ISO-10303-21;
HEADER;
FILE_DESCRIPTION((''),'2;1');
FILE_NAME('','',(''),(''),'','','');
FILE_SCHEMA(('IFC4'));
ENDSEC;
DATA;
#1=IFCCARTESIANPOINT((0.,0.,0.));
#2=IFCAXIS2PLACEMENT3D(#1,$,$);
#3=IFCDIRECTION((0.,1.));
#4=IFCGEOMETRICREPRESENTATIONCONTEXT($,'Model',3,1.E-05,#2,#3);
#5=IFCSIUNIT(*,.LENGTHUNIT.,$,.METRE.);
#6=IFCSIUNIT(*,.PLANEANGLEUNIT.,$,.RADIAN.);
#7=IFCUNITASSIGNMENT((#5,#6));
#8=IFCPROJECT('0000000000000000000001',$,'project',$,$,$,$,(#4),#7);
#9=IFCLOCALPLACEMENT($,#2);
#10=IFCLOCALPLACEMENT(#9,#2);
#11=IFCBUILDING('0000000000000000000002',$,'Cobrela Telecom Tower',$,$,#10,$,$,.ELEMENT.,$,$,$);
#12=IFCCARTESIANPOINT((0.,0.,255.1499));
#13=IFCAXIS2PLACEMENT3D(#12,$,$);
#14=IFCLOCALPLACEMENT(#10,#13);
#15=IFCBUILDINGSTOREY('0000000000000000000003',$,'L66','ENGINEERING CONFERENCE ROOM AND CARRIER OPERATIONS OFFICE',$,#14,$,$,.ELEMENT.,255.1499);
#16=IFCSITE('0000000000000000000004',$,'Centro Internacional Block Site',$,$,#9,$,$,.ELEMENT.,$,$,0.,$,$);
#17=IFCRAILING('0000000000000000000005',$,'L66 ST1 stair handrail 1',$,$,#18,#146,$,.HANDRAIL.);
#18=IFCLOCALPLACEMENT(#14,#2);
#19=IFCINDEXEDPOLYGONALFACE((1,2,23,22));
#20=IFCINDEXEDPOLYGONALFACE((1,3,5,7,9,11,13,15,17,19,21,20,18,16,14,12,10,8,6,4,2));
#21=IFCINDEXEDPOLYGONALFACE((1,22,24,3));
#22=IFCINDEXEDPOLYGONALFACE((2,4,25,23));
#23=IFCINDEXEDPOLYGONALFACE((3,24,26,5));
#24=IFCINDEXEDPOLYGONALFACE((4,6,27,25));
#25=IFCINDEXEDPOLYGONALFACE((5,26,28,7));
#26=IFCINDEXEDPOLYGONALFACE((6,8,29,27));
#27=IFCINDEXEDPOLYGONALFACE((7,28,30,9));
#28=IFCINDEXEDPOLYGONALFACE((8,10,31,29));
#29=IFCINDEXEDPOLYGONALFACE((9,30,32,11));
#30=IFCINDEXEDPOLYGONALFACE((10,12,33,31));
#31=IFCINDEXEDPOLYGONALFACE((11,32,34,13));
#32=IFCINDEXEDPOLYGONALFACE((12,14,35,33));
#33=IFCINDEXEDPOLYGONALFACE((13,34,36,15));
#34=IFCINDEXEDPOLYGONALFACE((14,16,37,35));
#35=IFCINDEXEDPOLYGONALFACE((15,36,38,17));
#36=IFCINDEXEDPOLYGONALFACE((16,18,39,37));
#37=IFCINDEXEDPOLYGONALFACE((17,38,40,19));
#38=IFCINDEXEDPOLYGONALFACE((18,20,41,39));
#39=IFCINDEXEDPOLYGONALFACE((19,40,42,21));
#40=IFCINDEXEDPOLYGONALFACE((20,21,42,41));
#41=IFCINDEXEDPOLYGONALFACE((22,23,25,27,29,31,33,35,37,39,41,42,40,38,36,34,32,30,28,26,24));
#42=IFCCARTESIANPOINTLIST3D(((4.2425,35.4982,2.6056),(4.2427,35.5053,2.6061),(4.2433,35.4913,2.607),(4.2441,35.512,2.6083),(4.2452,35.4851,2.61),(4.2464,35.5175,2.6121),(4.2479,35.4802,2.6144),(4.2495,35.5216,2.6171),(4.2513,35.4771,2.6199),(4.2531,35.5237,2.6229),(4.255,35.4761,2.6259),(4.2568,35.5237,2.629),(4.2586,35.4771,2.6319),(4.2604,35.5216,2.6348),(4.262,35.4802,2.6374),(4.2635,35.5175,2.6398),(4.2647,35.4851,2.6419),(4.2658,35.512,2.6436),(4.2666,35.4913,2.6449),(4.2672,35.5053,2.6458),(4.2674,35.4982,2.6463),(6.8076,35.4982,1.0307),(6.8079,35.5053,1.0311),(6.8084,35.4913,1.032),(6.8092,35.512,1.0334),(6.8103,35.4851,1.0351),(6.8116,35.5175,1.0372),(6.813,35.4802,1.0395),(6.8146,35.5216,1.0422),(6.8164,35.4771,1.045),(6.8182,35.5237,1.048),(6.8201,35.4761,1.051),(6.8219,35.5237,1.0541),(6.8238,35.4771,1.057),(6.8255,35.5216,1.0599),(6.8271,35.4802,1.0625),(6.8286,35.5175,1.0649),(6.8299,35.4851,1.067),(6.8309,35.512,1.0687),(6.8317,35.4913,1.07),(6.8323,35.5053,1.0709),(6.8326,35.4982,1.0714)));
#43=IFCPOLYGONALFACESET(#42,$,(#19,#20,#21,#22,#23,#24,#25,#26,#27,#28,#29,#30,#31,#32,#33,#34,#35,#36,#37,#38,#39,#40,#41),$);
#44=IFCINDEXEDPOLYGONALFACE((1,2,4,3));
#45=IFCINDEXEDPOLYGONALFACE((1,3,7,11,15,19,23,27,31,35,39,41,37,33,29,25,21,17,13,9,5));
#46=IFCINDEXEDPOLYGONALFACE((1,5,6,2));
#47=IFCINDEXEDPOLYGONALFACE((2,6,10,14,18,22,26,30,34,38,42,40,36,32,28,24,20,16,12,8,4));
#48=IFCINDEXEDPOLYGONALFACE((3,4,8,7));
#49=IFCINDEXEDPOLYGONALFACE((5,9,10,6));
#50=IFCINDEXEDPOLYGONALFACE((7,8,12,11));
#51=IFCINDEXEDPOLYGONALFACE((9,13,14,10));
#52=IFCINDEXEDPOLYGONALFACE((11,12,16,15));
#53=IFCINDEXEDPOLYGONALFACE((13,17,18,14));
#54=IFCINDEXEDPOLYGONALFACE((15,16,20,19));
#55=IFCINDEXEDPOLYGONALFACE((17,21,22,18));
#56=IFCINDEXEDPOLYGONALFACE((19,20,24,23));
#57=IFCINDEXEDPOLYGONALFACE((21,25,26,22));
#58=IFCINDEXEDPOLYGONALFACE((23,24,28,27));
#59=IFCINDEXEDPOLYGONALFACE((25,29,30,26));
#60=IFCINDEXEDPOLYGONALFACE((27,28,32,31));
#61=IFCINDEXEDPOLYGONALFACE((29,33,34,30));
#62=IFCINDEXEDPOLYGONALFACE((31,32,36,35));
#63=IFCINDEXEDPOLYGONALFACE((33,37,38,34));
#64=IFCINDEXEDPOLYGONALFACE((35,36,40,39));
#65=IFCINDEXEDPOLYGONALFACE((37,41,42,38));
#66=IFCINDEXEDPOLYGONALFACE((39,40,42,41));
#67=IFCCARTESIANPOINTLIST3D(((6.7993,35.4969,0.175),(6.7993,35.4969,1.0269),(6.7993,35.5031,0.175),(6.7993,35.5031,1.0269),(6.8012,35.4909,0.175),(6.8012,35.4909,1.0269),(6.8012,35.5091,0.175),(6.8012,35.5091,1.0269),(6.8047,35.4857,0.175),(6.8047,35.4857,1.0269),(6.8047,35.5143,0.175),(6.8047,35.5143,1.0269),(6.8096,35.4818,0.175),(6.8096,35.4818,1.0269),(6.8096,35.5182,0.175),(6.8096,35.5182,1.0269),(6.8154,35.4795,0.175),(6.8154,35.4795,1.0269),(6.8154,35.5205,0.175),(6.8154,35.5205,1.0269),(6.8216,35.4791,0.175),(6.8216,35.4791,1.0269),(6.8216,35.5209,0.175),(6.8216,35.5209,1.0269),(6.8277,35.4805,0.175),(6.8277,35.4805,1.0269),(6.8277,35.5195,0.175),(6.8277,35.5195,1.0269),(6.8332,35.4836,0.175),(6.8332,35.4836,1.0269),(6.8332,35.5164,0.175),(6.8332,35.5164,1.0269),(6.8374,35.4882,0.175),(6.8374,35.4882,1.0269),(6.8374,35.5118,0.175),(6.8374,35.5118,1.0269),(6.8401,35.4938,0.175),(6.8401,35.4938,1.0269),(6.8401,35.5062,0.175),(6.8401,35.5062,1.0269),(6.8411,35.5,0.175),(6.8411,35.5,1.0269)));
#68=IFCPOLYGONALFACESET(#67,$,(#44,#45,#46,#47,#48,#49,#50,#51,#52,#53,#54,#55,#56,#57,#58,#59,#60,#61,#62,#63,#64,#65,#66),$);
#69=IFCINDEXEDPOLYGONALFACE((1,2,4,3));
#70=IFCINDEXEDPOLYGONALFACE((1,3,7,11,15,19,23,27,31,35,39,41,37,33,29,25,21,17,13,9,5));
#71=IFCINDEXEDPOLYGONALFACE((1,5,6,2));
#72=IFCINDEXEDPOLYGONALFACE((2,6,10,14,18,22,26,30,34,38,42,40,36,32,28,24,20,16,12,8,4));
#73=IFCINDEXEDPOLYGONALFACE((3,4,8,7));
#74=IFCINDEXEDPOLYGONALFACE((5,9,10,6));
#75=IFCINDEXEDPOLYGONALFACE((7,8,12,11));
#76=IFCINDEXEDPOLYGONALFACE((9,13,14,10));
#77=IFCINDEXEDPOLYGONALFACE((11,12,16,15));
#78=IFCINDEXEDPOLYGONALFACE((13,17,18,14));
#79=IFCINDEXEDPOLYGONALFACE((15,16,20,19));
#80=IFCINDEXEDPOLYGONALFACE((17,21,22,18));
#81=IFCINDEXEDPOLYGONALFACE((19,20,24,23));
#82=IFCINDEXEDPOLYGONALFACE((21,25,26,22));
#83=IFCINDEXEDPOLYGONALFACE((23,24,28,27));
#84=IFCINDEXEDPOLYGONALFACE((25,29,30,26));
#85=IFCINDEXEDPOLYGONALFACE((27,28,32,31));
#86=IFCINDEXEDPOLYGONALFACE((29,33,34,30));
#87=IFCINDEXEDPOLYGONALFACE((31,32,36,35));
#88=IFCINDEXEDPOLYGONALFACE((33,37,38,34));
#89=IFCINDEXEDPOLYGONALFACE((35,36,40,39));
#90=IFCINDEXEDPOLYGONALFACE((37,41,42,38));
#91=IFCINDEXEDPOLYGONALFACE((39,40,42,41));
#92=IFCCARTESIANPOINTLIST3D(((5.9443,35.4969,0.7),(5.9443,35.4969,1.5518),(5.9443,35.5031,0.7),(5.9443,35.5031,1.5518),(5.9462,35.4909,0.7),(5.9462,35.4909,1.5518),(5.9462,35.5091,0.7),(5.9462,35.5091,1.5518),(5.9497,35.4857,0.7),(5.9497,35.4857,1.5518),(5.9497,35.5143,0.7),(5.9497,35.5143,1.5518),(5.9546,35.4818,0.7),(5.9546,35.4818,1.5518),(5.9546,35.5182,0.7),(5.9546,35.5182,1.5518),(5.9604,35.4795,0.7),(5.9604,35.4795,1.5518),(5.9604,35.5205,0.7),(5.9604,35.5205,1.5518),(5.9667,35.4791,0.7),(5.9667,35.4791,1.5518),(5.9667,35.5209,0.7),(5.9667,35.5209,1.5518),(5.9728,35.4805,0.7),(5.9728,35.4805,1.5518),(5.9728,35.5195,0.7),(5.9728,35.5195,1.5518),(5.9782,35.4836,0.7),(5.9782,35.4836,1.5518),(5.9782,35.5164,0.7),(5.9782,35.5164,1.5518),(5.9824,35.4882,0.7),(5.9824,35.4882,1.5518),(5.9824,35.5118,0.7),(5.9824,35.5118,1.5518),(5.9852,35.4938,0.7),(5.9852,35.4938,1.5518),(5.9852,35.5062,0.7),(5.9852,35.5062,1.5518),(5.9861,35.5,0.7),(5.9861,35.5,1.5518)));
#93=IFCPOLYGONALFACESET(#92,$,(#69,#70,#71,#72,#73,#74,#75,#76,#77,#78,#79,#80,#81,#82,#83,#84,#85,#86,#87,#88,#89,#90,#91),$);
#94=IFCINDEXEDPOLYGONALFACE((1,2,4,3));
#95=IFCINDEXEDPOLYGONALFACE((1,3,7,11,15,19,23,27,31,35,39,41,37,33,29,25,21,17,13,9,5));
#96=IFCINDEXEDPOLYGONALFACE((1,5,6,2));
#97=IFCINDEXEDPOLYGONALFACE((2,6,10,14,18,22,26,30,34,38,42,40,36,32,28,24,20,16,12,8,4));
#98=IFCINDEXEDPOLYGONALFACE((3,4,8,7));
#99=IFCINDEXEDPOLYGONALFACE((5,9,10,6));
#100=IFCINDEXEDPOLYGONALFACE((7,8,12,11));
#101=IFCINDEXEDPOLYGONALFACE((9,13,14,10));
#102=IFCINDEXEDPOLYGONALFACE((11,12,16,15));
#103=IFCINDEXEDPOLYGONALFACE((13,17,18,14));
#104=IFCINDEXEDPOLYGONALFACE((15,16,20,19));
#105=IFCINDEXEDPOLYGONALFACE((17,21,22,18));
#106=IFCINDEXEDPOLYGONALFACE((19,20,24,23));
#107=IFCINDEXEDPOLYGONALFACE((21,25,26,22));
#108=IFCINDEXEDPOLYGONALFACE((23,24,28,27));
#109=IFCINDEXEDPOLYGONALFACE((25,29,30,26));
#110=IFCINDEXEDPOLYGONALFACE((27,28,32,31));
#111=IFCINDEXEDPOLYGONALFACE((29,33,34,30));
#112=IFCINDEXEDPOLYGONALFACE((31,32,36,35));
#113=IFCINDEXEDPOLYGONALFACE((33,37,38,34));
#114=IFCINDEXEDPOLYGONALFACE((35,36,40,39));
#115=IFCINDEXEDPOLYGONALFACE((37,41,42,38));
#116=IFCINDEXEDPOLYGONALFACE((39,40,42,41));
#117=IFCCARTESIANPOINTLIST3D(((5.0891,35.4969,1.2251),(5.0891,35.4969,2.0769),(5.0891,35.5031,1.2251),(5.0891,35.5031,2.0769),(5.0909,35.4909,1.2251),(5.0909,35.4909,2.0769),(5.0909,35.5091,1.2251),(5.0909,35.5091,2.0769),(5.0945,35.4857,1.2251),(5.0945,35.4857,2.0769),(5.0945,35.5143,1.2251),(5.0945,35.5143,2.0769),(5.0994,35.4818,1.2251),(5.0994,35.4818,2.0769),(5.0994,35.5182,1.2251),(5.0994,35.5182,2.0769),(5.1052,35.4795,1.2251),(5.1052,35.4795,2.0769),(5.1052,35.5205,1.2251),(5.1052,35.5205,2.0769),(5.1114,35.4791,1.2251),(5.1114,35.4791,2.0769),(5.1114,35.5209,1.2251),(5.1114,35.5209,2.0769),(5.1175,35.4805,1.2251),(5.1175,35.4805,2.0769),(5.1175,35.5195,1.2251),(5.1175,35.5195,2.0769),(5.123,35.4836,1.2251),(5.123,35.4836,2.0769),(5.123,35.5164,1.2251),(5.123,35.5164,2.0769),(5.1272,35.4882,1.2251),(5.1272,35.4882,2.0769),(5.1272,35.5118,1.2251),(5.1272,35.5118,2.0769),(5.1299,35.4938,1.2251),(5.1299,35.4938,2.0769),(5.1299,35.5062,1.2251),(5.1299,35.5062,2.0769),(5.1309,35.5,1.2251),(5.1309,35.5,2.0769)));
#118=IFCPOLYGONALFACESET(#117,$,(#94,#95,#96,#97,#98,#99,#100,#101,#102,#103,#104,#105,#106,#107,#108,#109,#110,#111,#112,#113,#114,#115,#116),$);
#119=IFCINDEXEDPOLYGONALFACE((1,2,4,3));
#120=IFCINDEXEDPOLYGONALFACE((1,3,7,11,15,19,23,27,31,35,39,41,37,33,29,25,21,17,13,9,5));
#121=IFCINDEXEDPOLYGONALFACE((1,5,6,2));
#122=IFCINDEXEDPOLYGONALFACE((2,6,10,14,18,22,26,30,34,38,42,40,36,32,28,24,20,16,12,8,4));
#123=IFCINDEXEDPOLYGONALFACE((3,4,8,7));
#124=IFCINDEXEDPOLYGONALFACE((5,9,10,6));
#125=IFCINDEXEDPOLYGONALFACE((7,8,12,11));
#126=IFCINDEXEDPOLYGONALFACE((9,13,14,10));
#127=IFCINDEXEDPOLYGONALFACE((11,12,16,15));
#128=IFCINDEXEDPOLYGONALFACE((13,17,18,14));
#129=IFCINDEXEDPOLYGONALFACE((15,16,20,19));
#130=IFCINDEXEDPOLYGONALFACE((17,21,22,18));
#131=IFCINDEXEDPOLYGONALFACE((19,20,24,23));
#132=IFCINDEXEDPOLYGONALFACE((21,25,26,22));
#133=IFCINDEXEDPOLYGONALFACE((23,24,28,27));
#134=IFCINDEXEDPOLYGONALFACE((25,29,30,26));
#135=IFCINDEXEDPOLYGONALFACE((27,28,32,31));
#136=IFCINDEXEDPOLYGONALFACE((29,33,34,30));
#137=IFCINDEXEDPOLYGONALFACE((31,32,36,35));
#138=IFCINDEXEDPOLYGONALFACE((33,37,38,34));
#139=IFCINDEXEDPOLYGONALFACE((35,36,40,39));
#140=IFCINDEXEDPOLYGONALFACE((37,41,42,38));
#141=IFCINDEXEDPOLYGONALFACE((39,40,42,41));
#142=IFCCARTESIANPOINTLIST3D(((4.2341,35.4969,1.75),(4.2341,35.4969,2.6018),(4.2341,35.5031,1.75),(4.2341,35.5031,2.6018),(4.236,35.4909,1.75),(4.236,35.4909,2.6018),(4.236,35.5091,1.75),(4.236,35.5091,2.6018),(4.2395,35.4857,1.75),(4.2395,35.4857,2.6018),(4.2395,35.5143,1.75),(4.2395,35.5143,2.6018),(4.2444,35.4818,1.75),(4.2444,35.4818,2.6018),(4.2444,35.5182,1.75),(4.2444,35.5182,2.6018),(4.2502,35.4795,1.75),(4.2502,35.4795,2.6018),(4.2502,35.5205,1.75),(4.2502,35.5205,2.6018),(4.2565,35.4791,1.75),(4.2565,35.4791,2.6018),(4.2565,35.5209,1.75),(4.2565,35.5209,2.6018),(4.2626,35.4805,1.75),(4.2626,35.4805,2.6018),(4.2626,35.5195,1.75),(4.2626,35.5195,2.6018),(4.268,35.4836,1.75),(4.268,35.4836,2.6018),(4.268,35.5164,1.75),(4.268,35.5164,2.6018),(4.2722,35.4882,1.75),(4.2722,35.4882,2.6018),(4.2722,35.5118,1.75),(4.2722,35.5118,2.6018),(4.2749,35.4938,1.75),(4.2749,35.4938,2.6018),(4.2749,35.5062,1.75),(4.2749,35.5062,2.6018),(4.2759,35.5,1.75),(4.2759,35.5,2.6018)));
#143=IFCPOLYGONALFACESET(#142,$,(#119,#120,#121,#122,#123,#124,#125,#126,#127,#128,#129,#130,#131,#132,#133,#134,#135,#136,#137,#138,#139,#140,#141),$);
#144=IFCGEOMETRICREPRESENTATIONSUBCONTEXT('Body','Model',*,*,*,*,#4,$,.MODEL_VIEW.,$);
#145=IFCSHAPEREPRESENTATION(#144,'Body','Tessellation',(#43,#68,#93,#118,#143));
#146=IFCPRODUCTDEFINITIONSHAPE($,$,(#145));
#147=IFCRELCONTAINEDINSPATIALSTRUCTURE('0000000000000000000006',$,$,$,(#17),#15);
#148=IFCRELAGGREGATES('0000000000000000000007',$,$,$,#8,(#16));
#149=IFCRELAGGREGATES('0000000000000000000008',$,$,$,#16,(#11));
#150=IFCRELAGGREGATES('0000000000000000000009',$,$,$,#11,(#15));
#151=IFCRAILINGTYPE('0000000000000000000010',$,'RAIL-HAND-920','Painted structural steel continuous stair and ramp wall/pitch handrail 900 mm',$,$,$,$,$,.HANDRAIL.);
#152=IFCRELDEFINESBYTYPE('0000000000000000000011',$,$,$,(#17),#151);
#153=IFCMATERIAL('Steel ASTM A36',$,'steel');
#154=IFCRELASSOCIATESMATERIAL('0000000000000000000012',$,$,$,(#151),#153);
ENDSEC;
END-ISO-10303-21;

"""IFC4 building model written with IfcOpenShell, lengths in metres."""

from ifc_helpers import new_model, si_unit, direction, frame, origin, origin_2d, place, context, subcontext, project, spatial, circle, extrude, material, type_object, element, save


model = new_model("IFC4")

# Units and contexts
model_context = context("Model", 3, precision=1e-05, world=origin(), true_north=direction((0.0, 1.0)))
body_context = subcontext(model_context, "Body", "Model", "MODEL_VIEW")
ifc_project = project(units=[si_unit("LENGTHUNIT", "METRE"), si_unit("PLANEANGLEUNIT", "RADIAN")], contexts=[model_context])

# Site, building, storey
site_placement = place(None, origin())
site = spatial("IfcSite", under=ifc_project, at=site_placement, Name="Centro Internacional Block Site", CompositionType="ELEMENT", RefElevation=0.0)
building_placement = place(site_placement, origin())
building = spatial("IfcBuilding", under=site, at=building_placement, Name="Cobrela Telecom Tower", CompositionType="ELEMENT")
storey_placement = place(building_placement, frame((0.0, 0.0, 255.1499)))
storey = spatial("IfcBuildingStorey", under=building, at=storey_placement, Name="L66", Description="ENGINEERING CONFERENCE ROOM AND CARRIER OPERATIONS OFFICE", CompositionType="ELEMENT", Elevation=255.1499)

# Shared definitions
ifc_material_1 = material(Name="Steel ASTM A36", Category="steel")

# Railing
railing_type_1 = type_object("IfcRailingType", Name="RAIL-HAND-920", Description="Painted structural steel continuous stair and ramp wall/pitch handrail 900 mm", PredefinedType="HANDRAIL", material=ifc_material_1)
railing_1_placement = place(storey_placement, frame((6.8201, 35.5, 0.175)))
element("IfcRailing", 1, at=railing_1_placement, inside=storey, type_object=railing_type_1, Name="L66 ST1 stair handrail 1", PredefinedType="HANDRAIL", context=body_context, shape_type="SweptSolid", body=[
    extrude(circle(Radius=0.0239, at=origin_2d()), frame((0.0, 0.0, 0.876), z_axis=(-0.852195, 0.0, 0.523224), x_axis=(0.0, -1.0, 0.0)), (0.0, 0.0, 1.0), 3.01),
    extrude(circle(Radius=0.021, at=origin_2d()), origin(), (0.0, 0.0, 1.0), 0.8518),
    extrude(circle(Radius=0.021, at=origin_2d()), frame((-0.855, 0.0, 0.5249)), (0.0, 0.0, 1.0), 0.8518),
    extrude(circle(Radius=0.021, at=origin_2d()), frame((-1.7102, 0.0, 1.05)), (0.0, 0.0, 1.0), 0.8518),
    extrude(circle(Radius=0.021, at=origin_2d()), frame((-2.5652, 0.0, 1.575)), (0.0, 0.0, 1.0), 0.8518),
])

save(model, "model.ifc")
